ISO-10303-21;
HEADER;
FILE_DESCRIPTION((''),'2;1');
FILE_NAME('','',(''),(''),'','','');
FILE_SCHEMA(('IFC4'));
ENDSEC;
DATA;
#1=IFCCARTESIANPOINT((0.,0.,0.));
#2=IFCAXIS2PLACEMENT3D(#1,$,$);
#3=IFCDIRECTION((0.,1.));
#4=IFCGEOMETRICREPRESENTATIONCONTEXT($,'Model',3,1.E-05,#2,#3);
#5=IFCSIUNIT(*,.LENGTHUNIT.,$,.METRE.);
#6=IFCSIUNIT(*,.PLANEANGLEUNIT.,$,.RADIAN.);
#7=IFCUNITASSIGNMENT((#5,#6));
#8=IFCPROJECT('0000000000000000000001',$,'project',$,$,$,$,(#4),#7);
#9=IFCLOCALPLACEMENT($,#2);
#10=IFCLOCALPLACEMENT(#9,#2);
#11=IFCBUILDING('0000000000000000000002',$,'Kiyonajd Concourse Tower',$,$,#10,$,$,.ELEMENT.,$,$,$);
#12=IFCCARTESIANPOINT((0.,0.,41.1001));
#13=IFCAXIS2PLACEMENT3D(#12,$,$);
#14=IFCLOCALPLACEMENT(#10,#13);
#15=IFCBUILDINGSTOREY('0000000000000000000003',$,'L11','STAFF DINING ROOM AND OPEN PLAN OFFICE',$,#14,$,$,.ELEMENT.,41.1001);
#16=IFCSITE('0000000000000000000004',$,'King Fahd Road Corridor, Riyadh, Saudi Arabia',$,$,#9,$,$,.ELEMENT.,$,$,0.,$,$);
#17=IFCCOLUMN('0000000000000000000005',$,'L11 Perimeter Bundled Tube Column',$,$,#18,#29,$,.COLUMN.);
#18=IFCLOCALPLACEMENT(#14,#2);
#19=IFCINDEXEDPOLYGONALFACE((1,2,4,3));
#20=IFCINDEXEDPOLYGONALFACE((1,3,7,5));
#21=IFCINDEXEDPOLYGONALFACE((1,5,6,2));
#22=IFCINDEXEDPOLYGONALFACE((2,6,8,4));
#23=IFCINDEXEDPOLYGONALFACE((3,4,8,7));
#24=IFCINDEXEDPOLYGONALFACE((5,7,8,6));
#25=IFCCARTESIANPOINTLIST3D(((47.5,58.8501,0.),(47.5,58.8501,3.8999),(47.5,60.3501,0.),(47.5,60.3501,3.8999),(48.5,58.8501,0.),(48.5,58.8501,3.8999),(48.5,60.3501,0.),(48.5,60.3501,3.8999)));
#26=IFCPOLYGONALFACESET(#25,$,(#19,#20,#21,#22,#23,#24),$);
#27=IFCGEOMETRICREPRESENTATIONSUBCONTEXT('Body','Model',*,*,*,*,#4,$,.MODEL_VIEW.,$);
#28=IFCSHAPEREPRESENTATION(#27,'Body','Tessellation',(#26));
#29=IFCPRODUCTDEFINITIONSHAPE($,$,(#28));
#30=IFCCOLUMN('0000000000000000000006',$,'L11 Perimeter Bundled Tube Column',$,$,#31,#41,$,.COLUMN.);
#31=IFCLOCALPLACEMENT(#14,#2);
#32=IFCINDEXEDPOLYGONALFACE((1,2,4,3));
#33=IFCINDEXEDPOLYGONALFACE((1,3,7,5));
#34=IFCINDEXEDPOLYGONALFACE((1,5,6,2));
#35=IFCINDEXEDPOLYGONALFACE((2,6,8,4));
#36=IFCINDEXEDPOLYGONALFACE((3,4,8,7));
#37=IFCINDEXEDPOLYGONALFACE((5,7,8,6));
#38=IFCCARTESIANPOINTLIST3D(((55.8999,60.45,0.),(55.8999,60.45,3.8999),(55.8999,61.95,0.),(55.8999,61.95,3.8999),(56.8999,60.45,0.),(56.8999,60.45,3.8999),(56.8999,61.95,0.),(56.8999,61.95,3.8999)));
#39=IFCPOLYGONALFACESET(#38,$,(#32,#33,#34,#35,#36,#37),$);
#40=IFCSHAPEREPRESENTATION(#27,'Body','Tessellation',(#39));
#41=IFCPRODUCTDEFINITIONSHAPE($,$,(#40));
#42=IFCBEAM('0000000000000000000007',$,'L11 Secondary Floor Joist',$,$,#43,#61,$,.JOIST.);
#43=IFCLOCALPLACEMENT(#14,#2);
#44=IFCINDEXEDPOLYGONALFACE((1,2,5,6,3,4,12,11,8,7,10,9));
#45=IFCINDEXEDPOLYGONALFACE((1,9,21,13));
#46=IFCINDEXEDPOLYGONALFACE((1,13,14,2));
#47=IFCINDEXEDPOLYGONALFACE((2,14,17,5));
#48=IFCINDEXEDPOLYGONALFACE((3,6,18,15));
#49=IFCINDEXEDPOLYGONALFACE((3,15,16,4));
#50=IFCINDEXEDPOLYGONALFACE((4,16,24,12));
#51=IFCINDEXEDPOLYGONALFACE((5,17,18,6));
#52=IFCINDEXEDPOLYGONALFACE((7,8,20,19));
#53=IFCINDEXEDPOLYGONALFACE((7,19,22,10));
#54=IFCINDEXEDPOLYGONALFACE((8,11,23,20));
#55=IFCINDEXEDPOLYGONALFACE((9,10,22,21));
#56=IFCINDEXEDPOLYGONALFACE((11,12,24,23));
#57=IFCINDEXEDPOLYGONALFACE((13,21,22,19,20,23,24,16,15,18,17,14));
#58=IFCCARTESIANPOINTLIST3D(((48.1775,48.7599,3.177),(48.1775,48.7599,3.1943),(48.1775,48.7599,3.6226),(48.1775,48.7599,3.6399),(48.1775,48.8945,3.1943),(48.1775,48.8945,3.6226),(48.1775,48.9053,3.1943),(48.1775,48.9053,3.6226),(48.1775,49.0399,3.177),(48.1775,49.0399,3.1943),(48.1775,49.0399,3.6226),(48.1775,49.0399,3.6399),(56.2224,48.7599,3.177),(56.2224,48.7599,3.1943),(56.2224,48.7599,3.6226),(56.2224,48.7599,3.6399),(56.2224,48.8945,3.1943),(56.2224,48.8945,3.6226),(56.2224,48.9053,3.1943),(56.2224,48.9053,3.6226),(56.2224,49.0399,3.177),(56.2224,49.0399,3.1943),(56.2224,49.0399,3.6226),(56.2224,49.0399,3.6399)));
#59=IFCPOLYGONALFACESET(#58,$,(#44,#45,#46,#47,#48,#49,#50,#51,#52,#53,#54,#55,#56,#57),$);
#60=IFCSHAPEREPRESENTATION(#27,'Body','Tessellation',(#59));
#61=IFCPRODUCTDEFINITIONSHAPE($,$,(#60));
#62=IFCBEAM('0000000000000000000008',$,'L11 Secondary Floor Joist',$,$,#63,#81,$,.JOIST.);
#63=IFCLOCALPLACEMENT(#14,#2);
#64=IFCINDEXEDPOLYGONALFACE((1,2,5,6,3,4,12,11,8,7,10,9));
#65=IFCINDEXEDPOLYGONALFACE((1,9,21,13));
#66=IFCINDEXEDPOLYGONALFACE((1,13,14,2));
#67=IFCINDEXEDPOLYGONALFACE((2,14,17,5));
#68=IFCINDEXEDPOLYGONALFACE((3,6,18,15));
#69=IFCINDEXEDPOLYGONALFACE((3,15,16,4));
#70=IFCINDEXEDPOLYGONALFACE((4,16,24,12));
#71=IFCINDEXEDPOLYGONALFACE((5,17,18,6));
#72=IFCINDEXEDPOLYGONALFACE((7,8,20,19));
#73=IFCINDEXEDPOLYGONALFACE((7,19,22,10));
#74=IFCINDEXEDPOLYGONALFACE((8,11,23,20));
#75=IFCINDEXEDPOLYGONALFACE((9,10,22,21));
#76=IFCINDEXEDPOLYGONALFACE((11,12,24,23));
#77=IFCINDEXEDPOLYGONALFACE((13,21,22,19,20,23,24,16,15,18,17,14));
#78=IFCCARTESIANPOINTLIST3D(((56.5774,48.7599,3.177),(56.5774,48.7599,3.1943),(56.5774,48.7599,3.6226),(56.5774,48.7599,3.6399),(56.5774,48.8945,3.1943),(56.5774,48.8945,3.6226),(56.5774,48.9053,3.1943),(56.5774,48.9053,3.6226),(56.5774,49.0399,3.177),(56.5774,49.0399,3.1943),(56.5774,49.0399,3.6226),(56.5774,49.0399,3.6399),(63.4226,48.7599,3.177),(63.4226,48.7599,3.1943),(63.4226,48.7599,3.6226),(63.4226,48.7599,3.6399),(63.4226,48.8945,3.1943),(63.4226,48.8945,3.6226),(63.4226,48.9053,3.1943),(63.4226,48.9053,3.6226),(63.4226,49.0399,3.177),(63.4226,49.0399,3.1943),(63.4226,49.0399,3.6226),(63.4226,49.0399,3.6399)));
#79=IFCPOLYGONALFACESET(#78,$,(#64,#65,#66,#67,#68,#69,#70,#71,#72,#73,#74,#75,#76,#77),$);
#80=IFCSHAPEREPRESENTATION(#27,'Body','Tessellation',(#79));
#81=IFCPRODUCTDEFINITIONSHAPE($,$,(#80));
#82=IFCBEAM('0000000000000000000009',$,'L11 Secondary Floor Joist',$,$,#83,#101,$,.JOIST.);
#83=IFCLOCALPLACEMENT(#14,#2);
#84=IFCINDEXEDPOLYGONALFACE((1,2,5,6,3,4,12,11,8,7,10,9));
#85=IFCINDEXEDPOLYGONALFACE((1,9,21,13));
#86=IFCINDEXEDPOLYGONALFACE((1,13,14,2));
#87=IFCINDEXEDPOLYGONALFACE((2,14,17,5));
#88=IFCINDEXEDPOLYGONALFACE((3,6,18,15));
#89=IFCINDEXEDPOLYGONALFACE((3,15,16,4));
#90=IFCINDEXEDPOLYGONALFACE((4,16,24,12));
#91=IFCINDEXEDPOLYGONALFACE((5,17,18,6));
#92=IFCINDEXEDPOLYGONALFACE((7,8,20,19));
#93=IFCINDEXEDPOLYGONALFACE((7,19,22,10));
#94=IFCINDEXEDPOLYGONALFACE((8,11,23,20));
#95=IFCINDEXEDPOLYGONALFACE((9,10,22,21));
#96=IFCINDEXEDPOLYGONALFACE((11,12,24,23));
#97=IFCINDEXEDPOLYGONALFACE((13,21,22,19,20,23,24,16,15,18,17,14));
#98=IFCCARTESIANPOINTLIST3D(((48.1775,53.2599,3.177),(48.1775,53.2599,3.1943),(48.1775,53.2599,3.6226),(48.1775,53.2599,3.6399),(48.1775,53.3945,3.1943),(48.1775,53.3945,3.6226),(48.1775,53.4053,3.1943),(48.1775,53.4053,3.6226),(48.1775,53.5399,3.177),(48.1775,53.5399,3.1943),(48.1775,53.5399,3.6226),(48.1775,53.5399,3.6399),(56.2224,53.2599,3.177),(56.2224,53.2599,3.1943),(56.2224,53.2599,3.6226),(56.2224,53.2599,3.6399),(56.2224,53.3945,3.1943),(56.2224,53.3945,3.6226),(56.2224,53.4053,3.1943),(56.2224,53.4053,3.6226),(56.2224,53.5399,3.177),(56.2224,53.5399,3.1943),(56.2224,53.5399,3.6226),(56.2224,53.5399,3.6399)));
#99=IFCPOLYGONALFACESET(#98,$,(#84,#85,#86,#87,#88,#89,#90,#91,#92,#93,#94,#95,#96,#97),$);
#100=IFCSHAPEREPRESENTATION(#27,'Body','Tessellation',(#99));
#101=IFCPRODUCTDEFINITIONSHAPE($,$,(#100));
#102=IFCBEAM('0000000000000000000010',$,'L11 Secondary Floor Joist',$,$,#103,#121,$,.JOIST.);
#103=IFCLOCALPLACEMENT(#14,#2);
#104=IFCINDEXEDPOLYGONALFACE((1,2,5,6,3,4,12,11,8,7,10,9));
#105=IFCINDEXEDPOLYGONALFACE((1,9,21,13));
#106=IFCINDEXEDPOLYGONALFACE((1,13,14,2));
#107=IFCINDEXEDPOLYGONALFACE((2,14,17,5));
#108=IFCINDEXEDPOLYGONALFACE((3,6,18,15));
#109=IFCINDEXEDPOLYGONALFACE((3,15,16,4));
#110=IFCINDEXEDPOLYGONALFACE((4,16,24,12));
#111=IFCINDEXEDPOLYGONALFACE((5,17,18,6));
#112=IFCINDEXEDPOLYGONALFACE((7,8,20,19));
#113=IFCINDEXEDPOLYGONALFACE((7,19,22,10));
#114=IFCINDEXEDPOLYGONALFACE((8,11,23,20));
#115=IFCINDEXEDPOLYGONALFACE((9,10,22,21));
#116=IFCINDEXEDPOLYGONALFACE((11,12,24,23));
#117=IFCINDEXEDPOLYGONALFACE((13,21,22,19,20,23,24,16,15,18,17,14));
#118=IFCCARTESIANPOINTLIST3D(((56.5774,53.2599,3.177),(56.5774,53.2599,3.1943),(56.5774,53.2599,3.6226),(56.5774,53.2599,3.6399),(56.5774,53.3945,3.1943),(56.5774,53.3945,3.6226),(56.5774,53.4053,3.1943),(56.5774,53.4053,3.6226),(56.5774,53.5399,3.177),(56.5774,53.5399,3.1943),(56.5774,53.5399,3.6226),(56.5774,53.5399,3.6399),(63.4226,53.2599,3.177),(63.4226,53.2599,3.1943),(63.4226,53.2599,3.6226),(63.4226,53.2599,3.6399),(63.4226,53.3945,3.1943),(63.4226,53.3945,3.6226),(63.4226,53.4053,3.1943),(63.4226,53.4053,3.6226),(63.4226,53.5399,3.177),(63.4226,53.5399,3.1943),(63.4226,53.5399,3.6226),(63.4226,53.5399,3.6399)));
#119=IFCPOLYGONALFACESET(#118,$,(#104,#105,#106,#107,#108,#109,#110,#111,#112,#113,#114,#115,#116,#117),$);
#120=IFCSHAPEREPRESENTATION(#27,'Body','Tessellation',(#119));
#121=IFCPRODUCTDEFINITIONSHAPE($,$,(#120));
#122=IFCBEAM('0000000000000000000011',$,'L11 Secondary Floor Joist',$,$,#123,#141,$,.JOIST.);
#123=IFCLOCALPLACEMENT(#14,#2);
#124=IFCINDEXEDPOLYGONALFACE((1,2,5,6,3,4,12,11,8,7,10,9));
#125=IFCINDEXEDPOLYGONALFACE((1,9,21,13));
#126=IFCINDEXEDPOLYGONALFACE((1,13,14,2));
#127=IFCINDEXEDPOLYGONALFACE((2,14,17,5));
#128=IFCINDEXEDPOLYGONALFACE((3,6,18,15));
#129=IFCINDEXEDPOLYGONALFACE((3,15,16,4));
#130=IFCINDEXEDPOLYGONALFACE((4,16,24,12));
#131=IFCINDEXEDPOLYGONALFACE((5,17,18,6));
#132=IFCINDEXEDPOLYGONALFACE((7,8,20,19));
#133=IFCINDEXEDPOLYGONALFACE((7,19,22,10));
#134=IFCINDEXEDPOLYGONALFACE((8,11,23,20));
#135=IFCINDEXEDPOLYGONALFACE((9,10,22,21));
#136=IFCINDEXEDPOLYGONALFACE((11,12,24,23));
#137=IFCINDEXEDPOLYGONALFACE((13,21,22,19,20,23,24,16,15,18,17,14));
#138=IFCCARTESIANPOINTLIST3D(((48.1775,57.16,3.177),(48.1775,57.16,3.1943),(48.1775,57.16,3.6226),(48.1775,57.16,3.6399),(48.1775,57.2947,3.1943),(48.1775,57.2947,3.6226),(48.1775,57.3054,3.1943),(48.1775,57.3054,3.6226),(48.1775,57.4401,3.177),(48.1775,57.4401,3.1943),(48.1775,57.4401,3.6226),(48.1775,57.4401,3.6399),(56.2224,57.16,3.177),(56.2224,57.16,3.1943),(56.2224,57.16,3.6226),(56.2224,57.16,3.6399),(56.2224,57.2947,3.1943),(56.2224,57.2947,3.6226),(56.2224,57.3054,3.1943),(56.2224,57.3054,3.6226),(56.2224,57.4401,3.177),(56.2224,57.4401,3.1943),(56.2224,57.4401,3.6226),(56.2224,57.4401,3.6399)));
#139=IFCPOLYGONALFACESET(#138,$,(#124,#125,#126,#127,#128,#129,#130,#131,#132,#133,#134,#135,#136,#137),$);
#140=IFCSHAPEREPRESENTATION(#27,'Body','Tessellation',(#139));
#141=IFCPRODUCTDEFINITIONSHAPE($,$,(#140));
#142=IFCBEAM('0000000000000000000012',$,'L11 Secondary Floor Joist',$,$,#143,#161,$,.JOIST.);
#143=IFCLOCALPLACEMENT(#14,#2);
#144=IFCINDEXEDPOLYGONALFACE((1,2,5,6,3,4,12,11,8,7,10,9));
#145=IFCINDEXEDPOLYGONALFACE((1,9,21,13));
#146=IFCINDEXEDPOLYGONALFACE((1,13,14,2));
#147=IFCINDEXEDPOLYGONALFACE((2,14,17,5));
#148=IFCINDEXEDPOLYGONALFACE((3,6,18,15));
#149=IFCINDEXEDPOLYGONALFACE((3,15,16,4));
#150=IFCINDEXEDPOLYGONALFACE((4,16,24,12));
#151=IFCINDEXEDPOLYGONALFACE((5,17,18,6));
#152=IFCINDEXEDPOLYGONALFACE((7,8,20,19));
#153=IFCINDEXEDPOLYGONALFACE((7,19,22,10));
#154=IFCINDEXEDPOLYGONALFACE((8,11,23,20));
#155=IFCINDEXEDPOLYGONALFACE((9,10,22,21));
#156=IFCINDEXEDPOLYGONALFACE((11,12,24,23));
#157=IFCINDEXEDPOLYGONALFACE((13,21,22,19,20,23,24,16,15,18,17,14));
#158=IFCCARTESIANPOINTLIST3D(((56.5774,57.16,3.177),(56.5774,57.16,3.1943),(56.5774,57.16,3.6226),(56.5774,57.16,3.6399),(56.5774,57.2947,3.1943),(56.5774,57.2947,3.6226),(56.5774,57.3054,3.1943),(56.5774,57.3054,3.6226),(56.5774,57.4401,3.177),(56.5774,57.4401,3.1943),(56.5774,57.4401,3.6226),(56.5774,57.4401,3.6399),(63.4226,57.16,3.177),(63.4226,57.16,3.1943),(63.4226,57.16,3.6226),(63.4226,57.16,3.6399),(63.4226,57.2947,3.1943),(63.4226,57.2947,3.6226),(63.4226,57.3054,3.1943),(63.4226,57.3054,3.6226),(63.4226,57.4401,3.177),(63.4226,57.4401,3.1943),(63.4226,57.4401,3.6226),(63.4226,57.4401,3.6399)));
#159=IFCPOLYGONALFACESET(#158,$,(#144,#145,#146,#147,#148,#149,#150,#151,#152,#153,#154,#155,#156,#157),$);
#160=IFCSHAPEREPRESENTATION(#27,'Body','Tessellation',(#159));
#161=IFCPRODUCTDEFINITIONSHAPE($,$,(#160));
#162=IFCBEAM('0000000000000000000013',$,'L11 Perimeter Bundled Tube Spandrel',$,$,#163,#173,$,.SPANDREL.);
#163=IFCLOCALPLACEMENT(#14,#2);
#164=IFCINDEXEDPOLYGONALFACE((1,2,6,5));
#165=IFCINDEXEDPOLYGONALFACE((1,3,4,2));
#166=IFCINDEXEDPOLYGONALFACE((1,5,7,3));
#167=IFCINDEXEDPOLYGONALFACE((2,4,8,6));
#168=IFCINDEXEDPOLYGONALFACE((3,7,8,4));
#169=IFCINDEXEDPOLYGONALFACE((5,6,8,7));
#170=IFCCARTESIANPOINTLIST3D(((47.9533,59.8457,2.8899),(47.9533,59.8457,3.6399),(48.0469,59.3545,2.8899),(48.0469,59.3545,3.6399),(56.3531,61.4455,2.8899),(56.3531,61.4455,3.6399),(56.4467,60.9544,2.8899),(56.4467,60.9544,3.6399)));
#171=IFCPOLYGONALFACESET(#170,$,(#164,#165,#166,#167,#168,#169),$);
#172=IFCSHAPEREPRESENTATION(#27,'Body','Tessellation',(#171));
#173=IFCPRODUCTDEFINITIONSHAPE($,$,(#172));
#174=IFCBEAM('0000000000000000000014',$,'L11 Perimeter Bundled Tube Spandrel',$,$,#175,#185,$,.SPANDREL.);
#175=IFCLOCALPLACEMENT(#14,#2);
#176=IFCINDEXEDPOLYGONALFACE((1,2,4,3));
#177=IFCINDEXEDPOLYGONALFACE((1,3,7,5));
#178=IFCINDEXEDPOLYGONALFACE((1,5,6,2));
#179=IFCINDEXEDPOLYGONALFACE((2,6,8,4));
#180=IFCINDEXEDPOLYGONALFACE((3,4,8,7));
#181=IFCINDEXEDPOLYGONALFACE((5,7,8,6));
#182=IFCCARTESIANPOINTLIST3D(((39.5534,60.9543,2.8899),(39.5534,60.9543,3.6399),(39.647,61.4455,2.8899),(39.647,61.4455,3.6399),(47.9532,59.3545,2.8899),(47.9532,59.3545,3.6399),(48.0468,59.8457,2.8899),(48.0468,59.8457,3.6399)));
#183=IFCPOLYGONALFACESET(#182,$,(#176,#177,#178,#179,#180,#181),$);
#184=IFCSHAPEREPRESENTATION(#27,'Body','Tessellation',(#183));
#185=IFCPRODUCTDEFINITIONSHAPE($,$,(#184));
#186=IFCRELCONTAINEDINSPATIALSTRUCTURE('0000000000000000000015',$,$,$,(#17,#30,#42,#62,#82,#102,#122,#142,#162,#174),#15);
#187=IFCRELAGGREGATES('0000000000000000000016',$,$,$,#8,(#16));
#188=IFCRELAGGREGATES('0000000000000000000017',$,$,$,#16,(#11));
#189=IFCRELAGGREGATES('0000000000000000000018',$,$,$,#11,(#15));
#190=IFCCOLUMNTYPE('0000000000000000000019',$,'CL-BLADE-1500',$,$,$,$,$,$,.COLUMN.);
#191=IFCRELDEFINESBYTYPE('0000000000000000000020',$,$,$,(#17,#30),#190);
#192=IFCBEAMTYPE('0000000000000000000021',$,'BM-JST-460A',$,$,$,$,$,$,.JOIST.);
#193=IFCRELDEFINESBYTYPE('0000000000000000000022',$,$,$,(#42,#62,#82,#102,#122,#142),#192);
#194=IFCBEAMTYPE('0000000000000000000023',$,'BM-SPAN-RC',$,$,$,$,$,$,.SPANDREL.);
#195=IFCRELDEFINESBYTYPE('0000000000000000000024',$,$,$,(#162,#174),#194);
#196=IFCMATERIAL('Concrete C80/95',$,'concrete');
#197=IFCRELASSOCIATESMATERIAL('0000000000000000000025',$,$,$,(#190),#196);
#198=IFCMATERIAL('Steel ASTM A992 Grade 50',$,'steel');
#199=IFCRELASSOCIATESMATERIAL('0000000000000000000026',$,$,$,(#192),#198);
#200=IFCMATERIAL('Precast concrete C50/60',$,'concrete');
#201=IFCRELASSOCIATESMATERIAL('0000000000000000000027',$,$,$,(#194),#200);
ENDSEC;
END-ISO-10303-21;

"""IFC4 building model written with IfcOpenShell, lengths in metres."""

from ifc_helpers import new_model, si_unit, direction, frame, origin, origin_2d, place, context, subcontext, project, spatial, rectangle, i_section, extrude, material, material_profile, profile_set, type_object, element, save


model = new_model("IFC4")

# Units and contexts
model_context = context("Model", 3, precision=1e-05, world=origin(), true_north=direction((0.0, 1.0)))
body_context = subcontext(model_context, "Body", "Model", "MODEL_VIEW")
ifc_project = project(units=[si_unit("LENGTHUNIT", "METRE"), si_unit("PLANEANGLEUNIT", "RADIAN")], contexts=[model_context])

# Site, building, storey
site_placement = place(None, origin())
site = spatial("IfcSite", under=ifc_project, at=site_placement, Name="King Fahd Road Corridor, Riyadh, Saudi Arabia", CompositionType="ELEMENT", RefElevation=0.0)
building_placement = place(site_placement, origin())
building = spatial("IfcBuilding", under=site, at=building_placement, Name="Kiyonajd Concourse Tower", CompositionType="ELEMENT")
storey_placement = place(building_placement, frame((0.0, 0.0, 41.1001)))
storey = spatial("IfcBuildingStorey", under=building, at=storey_placement, Name="L11", Description="STAFF DINING ROOM AND OPEN PLAN OFFICE", CompositionType="ELEMENT", Elevation=41.1001)

# Columns
ifc_material_1 = material(Name="Concrete C80/95", Category="concrete")
ifc_material_profile_1 = material_profile(ifc_material_1, rectangle(XDim=1.0, YDim=1.5, at=origin_2d()), Name="RC-1500x1000")
ifc_profile_set_1 = profile_set([ifc_material_profile_1], Name="Concrete C80/95")
column_type = type_object("IfcColumnType", Name="CL-BLADE-1500", PredefinedType="COLUMN", material=ifc_profile_set_1)
for number, where, z_axis, x_axis, name in (
    (1, (48.0, 59.6001, 0.0), (0.0, 0.0, 1.0), (1.0, 0.0, 0.0), "L11 Perimeter Bundled Tube Column"),
    (2, (56.3999, 61.2, 0.0), (0.0, 0.0, 1.0), (1.0, 0.0, 0.0), "L11 Perimeter Bundled Tube Column"),
):
    element("IfcColumn", number, at=place(storey_placement, frame(where, z_axis=z_axis, x_axis=x_axis)), inside=storey, type_object=column_type, Name=name, PredefinedType="COLUMN", context=body_context, shape_type="SweptSolid", body=[
        extrude(rectangle(XDim=1.0, YDim=1.5, at=origin_2d()), origin(), (0.0, 0.0, 1.0), 3.8999),
    ])

# Beams
ifc_material_2 = material(Name="Steel ASTM A992 Grade 50", Category="steel")
ifc_material_profile_2 = material_profile(ifc_material_2, i_section(OverallWidth=0.28, OverallDepth=0.4629, WebThickness=0.0107, FlangeThickness=0.0173, at=origin_2d()), Name="W460X113")
ifc_profile_set_2 = profile_set([ifc_material_profile_2], Name="Steel ASTM A992 Grade 50")
beam_type_1 = type_object("IfcBeamType", Name="BM-JST-460A", PredefinedType="JOIST", material=ifc_profile_set_2)
beam_1_placement = place(storey_placement, frame((48.1775, 48.8999, 3.4084), z_axis=(1.0, 0.0, 0.0), x_axis=(0.0, 1.0, 0.0)))
element("IfcBeam", 3, at=beam_1_placement, inside=storey, type_object=beam_type_1, Name="L11 Secondary Floor Joist", PredefinedType="JOIST", context=body_context, shape_type="SweptSolid", body=[
    extrude(i_section(OverallWidth=0.28, OverallDepth=0.4629, WebThickness=0.0107, FlangeThickness=0.0173, at=origin_2d()), origin(), (0.0, 0.0, 1.0), 8.0449),
])
beam_2_placement = place(storey_placement, frame((56.5774, 48.8999, 3.4084), z_axis=(1.0, 0.0, 0.0), x_axis=(0.0, 1.0, 0.0)))
element("IfcBeam", 4, at=beam_2_placement, inside=storey, type_object=beam_type_1, Name="L11 Secondary Floor Joist", PredefinedType="JOIST", context=body_context, shape_type="SweptSolid", body=[
    extrude(i_section(OverallWidth=0.28, OverallDepth=0.4629, WebThickness=0.0107, FlangeThickness=0.0173, at=origin_2d()), origin(), (0.0, 0.0, 1.0), 6.8452),
])
beam_3_placement = place(storey_placement, frame((48.1775, 53.3999, 3.4084), z_axis=(1.0, 0.0, 0.0), x_axis=(0.0, 1.0, 0.0)))
element("IfcBeam", 5, at=beam_3_placement, inside=storey, type_object=beam_type_1, Name="L11 Secondary Floor Joist", PredefinedType="JOIST", context=body_context, shape_type="SweptSolid", body=[
    extrude(i_section(OverallWidth=0.28, OverallDepth=0.4629, WebThickness=0.0107, FlangeThickness=0.0173, at=origin_2d()), origin(), (0.0, 0.0, 1.0), 8.0449),
])
beam_4_placement = place(storey_placement, frame((56.5774, 53.3999, 3.4084), z_axis=(1.0, 0.0, 0.0), x_axis=(0.0, 1.0, 0.0)))
element("IfcBeam", 6, at=beam_4_placement, inside=storey, type_object=beam_type_1, Name="L11 Secondary Floor Joist", PredefinedType="JOIST", context=body_context, shape_type="SweptSolid", body=[
    extrude(i_section(OverallWidth=0.28, OverallDepth=0.4629, WebThickness=0.0107, FlangeThickness=0.0173, at=origin_2d()), origin(), (0.0, 0.0, 1.0), 6.8452),
])
beam_5_placement = place(storey_placement, frame((48.1775, 57.3, 3.4084), z_axis=(1.0, 0.0, 0.0), x_axis=(0.0, 1.0, 0.0)))
element("IfcBeam", 7, at=beam_5_placement, inside=storey, type_object=beam_type_1, Name="L11 Secondary Floor Joist", PredefinedType="JOIST", context=body_context, shape_type="SweptSolid", body=[
    extrude(i_section(OverallWidth=0.28, OverallDepth=0.4629, WebThickness=0.0107, FlangeThickness=0.0173, at=origin_2d()), origin(), (0.0, 0.0, 1.0), 8.0449),
])
beam_6_placement = place(storey_placement, frame((56.5774, 57.3, 3.4084), z_axis=(1.0, 0.0, 0.0), x_axis=(0.0, 1.0, 0.0)))
element("IfcBeam", 8, at=beam_6_placement, inside=storey, type_object=beam_type_1, Name="L11 Secondary Floor Joist", PredefinedType="JOIST", context=body_context, shape_type="SweptSolid", body=[
    extrude(i_section(OverallWidth=0.28, OverallDepth=0.4629, WebThickness=0.0107, FlangeThickness=0.0173, at=origin_2d()), origin(), (0.0, 0.0, 1.0), 6.8452),
])
ifc_material_3 = material(Name="Precast concrete C50/60", Category="concrete")
ifc_material_profile_3 = material_profile(ifc_material_3, rectangle(XDim=0.5, YDim=0.75, at=origin_2d()), Name="RCBM-500x750")
ifc_profile_set_3 = profile_set([ifc_material_profile_3], Name="Precast concrete C50/60")
beam_type_2 = type_object("IfcBeamType", Name="BM-SPAN-RC", PredefinedType="SPANDREL", material=ifc_profile_set_3)
for number, where, z_axis, x_axis, name in (
    (9, (56.3999, 61.2, 3.2649), (-0.982341, -0.187098, 0.0), (0.187098, -0.982341, 0.0), "L11 Perimeter Bundled Tube Spandrel"),
    (10, (48.0, 59.6001, 3.2649), (-0.982341, 0.187098, 0.0), (-0.187098, -0.982341, 0.0), "L11 Perimeter Bundled Tube Spandrel"),
):
    element("IfcBeam", number, at=place(storey_placement, frame(where, z_axis=z_axis, x_axis=x_axis)), inside=storey, type_object=beam_type_2, Name=name, PredefinedType="SPANDREL", context=body_context, shape_type="SweptSolid", body=[
        extrude(rectangle(XDim=0.5, YDim=0.75, at=origin_2d()), origin(), (0.0, 0.0, 1.0), 8.5508),
    ])

save(model, "model.ifc")
